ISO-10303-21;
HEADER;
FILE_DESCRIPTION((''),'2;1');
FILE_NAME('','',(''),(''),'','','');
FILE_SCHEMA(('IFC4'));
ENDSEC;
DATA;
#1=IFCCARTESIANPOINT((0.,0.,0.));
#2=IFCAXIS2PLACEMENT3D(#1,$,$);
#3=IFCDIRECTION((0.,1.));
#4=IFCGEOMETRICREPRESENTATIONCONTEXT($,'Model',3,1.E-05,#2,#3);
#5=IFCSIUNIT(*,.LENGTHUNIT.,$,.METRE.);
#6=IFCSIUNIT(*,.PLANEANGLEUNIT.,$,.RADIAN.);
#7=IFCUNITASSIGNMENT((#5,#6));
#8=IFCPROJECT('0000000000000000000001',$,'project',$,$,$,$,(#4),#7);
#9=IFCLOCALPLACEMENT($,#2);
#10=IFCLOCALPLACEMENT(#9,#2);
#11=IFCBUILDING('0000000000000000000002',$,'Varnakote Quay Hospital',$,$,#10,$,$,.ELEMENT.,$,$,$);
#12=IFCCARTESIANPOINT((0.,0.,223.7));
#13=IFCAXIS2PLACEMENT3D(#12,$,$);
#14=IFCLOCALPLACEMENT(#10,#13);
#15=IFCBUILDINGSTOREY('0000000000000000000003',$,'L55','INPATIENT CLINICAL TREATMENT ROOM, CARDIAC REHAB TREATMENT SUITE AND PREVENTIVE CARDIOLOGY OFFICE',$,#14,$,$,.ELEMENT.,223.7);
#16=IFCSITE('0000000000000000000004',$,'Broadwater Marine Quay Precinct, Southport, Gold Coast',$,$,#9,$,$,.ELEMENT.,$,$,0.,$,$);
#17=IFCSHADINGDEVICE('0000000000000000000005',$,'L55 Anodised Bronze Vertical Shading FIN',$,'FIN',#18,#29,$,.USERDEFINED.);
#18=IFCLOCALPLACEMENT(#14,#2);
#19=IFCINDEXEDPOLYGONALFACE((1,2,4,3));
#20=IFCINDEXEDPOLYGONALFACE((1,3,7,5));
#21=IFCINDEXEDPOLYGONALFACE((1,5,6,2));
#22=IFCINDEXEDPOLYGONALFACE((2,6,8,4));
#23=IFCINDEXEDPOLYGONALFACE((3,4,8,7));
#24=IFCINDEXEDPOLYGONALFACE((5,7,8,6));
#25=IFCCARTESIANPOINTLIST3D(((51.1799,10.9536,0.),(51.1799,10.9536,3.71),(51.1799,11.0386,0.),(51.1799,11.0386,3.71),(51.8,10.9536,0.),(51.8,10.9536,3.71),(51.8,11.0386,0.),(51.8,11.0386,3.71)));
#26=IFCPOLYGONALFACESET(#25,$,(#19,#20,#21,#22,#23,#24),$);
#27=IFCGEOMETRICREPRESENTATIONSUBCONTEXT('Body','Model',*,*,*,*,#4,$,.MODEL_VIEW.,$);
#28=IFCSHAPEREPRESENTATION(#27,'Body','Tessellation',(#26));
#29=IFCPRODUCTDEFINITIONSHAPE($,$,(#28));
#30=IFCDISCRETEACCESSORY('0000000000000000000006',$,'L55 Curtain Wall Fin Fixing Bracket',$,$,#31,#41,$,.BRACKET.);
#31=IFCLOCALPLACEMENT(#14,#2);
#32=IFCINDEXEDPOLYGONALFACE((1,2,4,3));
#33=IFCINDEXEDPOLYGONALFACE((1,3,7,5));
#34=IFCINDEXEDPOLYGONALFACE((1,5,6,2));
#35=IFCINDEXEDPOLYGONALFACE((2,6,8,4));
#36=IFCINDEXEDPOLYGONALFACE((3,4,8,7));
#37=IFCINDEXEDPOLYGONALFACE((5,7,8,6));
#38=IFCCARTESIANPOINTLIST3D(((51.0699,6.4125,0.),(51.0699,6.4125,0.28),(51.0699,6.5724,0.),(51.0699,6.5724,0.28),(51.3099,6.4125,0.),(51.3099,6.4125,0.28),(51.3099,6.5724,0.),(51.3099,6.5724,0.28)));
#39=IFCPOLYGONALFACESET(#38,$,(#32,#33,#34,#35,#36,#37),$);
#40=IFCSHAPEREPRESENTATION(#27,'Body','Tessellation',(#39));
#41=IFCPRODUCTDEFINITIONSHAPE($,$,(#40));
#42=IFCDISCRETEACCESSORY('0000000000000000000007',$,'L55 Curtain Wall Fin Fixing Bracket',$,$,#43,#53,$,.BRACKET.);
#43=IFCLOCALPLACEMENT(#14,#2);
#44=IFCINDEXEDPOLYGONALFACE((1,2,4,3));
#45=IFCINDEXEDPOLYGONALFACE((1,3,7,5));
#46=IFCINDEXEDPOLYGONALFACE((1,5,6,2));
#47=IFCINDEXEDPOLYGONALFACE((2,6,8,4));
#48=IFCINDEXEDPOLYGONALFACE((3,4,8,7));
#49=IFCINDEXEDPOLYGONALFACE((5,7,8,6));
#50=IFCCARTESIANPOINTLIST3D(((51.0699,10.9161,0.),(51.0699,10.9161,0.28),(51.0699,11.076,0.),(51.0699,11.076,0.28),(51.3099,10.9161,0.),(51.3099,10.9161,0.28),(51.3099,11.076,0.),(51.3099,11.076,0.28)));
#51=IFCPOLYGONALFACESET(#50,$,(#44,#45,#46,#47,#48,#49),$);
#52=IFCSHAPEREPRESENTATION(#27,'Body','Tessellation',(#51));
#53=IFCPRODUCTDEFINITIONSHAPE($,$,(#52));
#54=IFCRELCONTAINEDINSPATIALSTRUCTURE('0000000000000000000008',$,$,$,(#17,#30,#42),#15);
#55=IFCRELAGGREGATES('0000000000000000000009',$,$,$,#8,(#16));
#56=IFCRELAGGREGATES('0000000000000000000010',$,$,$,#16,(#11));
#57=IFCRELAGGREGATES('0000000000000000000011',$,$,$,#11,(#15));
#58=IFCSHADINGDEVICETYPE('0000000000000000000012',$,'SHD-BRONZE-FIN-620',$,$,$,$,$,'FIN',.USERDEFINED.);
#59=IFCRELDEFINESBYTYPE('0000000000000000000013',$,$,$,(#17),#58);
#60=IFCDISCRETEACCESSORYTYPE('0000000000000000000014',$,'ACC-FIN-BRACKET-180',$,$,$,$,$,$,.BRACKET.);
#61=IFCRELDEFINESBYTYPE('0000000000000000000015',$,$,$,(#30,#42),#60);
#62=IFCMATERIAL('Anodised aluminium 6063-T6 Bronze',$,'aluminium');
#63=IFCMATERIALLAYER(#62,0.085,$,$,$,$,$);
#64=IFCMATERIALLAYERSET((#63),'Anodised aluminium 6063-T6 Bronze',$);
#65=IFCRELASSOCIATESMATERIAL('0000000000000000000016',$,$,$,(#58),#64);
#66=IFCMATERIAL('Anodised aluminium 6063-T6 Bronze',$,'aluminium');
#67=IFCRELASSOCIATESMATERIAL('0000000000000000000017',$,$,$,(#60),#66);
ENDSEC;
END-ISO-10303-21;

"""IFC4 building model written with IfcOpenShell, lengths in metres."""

from ifc_helpers import new_model, si_unit, direction, frame, origin, origin_2d, place, context, subcontext, project, spatial, rectangle, extrude, material, layer, layer_set, type_object, element, save


model = new_model("IFC4")

# Units and contexts
model_context = context("Model", 3, precision=1e-05, world=origin(), true_north=direction((0.0, 1.0)))
body_context = subcontext(model_context, "Body", "Model", "MODEL_VIEW")
ifc_project = project(units=[si_unit("LENGTHUNIT", "METRE"), si_unit("PLANEANGLEUNIT", "RADIAN")], contexts=[model_context])

# Site, building, storey
site_placement = place(None, origin())
site = spatial("IfcSite", under=ifc_project, at=site_placement, Name="Broadwater Marine Quay Precinct, Southport, Gold Coast", CompositionType="ELEMENT", RefElevation=0.0)
building_placement = place(site_placement, origin())
building = spatial("IfcBuilding", under=site, at=building_placement, Name="Varnakote Quay Hospital", CompositionType="ELEMENT")
storey_placement = place(building_placement, frame((0.0, 0.0, 223.7)))
storey = spatial("IfcBuildingStorey", under=building, at=storey_placement, Name="L55", Description="INPATIENT CLINICAL TREATMENT ROOM, CARDIAC REHAB TREATMENT SUITE AND PREVENTIVE CARDIOLOGY OFFICE", CompositionType="ELEMENT", Elevation=223.7)

# Shading device
ifc_material_1 = material(Name="Anodised aluminium 6063-T6 Bronze", Category="aluminium")
ifc_layer_1 = layer(ifc_material_1, 0.085)
ifc_layer_set_1 = layer_set([ifc_layer_1], Name="Anodised aluminium 6063-T6 Bronze")
shading_device_type = type_object("IfcShadingDeviceType", Name="SHD-BRONZE-FIN-620", ElementType="FIN", PredefinedType="USERDEFINED", material=ifc_layer_set_1)
for number, where, z_axis, x_axis, name in (
    (1, (51.49, 10.9961, 0.0), (0.0, 0.0, 1.0), (-1.0, 0.0, 0.0), "L55 Anodised Bronze Vertical Shading FIN"),
):
    element("IfcShadingDevice", number, at=place(storey_placement, frame(where, z_axis=z_axis, x_axis=x_axis)), inside=storey, type_object=shading_device_type, Name=name, ObjectType="FIN", PredefinedType="USERDEFINED", context=body_context, shape_type="SweptSolid", body=[
        extrude(rectangle(XDim=0.6201, YDim=0.085, at=origin_2d()), origin(), (0.0, 0.0, 1.0), 3.71),
    ])

# Discrete accessories
ifc_material_2 = material(Name="Anodised aluminium 6063-T6 Bronze", Category="aluminium")
discrete_accessory_type = type_object("IfcDiscreteAccessoryType", Name="ACC-FIN-BRACKET-180", PredefinedType="BRACKET", material=ifc_material_2)
for number, where, z_axis, x_axis, name in (
    (2, (51.1899, 6.4924, 0.0), (0.0, 0.0, 1.0), (0.0, 1.0, 0.0), "L55 Curtain Wall Fin Fixing Bracket"),
    (3, (51.1899, 10.9961, 0.0), (0.0, 0.0, 1.0), (0.0, 1.0, 0.0), "L55 Curtain Wall Fin Fixing Bracket"),
):
    element("IfcDiscreteAccessory", number, at=place(storey_placement, frame(where, z_axis=z_axis, x_axis=x_axis)), inside=storey, type_object=discrete_accessory_type, Name=name, PredefinedType="BRACKET", context=body_context, shape_type="SweptSolid", body=[
        extrude(rectangle(XDim=0.1599, YDim=0.24, at=origin_2d()), origin(), (0.0, 0.0, 1.0), 0.28),
    ])

save(model, "model.ifc")
